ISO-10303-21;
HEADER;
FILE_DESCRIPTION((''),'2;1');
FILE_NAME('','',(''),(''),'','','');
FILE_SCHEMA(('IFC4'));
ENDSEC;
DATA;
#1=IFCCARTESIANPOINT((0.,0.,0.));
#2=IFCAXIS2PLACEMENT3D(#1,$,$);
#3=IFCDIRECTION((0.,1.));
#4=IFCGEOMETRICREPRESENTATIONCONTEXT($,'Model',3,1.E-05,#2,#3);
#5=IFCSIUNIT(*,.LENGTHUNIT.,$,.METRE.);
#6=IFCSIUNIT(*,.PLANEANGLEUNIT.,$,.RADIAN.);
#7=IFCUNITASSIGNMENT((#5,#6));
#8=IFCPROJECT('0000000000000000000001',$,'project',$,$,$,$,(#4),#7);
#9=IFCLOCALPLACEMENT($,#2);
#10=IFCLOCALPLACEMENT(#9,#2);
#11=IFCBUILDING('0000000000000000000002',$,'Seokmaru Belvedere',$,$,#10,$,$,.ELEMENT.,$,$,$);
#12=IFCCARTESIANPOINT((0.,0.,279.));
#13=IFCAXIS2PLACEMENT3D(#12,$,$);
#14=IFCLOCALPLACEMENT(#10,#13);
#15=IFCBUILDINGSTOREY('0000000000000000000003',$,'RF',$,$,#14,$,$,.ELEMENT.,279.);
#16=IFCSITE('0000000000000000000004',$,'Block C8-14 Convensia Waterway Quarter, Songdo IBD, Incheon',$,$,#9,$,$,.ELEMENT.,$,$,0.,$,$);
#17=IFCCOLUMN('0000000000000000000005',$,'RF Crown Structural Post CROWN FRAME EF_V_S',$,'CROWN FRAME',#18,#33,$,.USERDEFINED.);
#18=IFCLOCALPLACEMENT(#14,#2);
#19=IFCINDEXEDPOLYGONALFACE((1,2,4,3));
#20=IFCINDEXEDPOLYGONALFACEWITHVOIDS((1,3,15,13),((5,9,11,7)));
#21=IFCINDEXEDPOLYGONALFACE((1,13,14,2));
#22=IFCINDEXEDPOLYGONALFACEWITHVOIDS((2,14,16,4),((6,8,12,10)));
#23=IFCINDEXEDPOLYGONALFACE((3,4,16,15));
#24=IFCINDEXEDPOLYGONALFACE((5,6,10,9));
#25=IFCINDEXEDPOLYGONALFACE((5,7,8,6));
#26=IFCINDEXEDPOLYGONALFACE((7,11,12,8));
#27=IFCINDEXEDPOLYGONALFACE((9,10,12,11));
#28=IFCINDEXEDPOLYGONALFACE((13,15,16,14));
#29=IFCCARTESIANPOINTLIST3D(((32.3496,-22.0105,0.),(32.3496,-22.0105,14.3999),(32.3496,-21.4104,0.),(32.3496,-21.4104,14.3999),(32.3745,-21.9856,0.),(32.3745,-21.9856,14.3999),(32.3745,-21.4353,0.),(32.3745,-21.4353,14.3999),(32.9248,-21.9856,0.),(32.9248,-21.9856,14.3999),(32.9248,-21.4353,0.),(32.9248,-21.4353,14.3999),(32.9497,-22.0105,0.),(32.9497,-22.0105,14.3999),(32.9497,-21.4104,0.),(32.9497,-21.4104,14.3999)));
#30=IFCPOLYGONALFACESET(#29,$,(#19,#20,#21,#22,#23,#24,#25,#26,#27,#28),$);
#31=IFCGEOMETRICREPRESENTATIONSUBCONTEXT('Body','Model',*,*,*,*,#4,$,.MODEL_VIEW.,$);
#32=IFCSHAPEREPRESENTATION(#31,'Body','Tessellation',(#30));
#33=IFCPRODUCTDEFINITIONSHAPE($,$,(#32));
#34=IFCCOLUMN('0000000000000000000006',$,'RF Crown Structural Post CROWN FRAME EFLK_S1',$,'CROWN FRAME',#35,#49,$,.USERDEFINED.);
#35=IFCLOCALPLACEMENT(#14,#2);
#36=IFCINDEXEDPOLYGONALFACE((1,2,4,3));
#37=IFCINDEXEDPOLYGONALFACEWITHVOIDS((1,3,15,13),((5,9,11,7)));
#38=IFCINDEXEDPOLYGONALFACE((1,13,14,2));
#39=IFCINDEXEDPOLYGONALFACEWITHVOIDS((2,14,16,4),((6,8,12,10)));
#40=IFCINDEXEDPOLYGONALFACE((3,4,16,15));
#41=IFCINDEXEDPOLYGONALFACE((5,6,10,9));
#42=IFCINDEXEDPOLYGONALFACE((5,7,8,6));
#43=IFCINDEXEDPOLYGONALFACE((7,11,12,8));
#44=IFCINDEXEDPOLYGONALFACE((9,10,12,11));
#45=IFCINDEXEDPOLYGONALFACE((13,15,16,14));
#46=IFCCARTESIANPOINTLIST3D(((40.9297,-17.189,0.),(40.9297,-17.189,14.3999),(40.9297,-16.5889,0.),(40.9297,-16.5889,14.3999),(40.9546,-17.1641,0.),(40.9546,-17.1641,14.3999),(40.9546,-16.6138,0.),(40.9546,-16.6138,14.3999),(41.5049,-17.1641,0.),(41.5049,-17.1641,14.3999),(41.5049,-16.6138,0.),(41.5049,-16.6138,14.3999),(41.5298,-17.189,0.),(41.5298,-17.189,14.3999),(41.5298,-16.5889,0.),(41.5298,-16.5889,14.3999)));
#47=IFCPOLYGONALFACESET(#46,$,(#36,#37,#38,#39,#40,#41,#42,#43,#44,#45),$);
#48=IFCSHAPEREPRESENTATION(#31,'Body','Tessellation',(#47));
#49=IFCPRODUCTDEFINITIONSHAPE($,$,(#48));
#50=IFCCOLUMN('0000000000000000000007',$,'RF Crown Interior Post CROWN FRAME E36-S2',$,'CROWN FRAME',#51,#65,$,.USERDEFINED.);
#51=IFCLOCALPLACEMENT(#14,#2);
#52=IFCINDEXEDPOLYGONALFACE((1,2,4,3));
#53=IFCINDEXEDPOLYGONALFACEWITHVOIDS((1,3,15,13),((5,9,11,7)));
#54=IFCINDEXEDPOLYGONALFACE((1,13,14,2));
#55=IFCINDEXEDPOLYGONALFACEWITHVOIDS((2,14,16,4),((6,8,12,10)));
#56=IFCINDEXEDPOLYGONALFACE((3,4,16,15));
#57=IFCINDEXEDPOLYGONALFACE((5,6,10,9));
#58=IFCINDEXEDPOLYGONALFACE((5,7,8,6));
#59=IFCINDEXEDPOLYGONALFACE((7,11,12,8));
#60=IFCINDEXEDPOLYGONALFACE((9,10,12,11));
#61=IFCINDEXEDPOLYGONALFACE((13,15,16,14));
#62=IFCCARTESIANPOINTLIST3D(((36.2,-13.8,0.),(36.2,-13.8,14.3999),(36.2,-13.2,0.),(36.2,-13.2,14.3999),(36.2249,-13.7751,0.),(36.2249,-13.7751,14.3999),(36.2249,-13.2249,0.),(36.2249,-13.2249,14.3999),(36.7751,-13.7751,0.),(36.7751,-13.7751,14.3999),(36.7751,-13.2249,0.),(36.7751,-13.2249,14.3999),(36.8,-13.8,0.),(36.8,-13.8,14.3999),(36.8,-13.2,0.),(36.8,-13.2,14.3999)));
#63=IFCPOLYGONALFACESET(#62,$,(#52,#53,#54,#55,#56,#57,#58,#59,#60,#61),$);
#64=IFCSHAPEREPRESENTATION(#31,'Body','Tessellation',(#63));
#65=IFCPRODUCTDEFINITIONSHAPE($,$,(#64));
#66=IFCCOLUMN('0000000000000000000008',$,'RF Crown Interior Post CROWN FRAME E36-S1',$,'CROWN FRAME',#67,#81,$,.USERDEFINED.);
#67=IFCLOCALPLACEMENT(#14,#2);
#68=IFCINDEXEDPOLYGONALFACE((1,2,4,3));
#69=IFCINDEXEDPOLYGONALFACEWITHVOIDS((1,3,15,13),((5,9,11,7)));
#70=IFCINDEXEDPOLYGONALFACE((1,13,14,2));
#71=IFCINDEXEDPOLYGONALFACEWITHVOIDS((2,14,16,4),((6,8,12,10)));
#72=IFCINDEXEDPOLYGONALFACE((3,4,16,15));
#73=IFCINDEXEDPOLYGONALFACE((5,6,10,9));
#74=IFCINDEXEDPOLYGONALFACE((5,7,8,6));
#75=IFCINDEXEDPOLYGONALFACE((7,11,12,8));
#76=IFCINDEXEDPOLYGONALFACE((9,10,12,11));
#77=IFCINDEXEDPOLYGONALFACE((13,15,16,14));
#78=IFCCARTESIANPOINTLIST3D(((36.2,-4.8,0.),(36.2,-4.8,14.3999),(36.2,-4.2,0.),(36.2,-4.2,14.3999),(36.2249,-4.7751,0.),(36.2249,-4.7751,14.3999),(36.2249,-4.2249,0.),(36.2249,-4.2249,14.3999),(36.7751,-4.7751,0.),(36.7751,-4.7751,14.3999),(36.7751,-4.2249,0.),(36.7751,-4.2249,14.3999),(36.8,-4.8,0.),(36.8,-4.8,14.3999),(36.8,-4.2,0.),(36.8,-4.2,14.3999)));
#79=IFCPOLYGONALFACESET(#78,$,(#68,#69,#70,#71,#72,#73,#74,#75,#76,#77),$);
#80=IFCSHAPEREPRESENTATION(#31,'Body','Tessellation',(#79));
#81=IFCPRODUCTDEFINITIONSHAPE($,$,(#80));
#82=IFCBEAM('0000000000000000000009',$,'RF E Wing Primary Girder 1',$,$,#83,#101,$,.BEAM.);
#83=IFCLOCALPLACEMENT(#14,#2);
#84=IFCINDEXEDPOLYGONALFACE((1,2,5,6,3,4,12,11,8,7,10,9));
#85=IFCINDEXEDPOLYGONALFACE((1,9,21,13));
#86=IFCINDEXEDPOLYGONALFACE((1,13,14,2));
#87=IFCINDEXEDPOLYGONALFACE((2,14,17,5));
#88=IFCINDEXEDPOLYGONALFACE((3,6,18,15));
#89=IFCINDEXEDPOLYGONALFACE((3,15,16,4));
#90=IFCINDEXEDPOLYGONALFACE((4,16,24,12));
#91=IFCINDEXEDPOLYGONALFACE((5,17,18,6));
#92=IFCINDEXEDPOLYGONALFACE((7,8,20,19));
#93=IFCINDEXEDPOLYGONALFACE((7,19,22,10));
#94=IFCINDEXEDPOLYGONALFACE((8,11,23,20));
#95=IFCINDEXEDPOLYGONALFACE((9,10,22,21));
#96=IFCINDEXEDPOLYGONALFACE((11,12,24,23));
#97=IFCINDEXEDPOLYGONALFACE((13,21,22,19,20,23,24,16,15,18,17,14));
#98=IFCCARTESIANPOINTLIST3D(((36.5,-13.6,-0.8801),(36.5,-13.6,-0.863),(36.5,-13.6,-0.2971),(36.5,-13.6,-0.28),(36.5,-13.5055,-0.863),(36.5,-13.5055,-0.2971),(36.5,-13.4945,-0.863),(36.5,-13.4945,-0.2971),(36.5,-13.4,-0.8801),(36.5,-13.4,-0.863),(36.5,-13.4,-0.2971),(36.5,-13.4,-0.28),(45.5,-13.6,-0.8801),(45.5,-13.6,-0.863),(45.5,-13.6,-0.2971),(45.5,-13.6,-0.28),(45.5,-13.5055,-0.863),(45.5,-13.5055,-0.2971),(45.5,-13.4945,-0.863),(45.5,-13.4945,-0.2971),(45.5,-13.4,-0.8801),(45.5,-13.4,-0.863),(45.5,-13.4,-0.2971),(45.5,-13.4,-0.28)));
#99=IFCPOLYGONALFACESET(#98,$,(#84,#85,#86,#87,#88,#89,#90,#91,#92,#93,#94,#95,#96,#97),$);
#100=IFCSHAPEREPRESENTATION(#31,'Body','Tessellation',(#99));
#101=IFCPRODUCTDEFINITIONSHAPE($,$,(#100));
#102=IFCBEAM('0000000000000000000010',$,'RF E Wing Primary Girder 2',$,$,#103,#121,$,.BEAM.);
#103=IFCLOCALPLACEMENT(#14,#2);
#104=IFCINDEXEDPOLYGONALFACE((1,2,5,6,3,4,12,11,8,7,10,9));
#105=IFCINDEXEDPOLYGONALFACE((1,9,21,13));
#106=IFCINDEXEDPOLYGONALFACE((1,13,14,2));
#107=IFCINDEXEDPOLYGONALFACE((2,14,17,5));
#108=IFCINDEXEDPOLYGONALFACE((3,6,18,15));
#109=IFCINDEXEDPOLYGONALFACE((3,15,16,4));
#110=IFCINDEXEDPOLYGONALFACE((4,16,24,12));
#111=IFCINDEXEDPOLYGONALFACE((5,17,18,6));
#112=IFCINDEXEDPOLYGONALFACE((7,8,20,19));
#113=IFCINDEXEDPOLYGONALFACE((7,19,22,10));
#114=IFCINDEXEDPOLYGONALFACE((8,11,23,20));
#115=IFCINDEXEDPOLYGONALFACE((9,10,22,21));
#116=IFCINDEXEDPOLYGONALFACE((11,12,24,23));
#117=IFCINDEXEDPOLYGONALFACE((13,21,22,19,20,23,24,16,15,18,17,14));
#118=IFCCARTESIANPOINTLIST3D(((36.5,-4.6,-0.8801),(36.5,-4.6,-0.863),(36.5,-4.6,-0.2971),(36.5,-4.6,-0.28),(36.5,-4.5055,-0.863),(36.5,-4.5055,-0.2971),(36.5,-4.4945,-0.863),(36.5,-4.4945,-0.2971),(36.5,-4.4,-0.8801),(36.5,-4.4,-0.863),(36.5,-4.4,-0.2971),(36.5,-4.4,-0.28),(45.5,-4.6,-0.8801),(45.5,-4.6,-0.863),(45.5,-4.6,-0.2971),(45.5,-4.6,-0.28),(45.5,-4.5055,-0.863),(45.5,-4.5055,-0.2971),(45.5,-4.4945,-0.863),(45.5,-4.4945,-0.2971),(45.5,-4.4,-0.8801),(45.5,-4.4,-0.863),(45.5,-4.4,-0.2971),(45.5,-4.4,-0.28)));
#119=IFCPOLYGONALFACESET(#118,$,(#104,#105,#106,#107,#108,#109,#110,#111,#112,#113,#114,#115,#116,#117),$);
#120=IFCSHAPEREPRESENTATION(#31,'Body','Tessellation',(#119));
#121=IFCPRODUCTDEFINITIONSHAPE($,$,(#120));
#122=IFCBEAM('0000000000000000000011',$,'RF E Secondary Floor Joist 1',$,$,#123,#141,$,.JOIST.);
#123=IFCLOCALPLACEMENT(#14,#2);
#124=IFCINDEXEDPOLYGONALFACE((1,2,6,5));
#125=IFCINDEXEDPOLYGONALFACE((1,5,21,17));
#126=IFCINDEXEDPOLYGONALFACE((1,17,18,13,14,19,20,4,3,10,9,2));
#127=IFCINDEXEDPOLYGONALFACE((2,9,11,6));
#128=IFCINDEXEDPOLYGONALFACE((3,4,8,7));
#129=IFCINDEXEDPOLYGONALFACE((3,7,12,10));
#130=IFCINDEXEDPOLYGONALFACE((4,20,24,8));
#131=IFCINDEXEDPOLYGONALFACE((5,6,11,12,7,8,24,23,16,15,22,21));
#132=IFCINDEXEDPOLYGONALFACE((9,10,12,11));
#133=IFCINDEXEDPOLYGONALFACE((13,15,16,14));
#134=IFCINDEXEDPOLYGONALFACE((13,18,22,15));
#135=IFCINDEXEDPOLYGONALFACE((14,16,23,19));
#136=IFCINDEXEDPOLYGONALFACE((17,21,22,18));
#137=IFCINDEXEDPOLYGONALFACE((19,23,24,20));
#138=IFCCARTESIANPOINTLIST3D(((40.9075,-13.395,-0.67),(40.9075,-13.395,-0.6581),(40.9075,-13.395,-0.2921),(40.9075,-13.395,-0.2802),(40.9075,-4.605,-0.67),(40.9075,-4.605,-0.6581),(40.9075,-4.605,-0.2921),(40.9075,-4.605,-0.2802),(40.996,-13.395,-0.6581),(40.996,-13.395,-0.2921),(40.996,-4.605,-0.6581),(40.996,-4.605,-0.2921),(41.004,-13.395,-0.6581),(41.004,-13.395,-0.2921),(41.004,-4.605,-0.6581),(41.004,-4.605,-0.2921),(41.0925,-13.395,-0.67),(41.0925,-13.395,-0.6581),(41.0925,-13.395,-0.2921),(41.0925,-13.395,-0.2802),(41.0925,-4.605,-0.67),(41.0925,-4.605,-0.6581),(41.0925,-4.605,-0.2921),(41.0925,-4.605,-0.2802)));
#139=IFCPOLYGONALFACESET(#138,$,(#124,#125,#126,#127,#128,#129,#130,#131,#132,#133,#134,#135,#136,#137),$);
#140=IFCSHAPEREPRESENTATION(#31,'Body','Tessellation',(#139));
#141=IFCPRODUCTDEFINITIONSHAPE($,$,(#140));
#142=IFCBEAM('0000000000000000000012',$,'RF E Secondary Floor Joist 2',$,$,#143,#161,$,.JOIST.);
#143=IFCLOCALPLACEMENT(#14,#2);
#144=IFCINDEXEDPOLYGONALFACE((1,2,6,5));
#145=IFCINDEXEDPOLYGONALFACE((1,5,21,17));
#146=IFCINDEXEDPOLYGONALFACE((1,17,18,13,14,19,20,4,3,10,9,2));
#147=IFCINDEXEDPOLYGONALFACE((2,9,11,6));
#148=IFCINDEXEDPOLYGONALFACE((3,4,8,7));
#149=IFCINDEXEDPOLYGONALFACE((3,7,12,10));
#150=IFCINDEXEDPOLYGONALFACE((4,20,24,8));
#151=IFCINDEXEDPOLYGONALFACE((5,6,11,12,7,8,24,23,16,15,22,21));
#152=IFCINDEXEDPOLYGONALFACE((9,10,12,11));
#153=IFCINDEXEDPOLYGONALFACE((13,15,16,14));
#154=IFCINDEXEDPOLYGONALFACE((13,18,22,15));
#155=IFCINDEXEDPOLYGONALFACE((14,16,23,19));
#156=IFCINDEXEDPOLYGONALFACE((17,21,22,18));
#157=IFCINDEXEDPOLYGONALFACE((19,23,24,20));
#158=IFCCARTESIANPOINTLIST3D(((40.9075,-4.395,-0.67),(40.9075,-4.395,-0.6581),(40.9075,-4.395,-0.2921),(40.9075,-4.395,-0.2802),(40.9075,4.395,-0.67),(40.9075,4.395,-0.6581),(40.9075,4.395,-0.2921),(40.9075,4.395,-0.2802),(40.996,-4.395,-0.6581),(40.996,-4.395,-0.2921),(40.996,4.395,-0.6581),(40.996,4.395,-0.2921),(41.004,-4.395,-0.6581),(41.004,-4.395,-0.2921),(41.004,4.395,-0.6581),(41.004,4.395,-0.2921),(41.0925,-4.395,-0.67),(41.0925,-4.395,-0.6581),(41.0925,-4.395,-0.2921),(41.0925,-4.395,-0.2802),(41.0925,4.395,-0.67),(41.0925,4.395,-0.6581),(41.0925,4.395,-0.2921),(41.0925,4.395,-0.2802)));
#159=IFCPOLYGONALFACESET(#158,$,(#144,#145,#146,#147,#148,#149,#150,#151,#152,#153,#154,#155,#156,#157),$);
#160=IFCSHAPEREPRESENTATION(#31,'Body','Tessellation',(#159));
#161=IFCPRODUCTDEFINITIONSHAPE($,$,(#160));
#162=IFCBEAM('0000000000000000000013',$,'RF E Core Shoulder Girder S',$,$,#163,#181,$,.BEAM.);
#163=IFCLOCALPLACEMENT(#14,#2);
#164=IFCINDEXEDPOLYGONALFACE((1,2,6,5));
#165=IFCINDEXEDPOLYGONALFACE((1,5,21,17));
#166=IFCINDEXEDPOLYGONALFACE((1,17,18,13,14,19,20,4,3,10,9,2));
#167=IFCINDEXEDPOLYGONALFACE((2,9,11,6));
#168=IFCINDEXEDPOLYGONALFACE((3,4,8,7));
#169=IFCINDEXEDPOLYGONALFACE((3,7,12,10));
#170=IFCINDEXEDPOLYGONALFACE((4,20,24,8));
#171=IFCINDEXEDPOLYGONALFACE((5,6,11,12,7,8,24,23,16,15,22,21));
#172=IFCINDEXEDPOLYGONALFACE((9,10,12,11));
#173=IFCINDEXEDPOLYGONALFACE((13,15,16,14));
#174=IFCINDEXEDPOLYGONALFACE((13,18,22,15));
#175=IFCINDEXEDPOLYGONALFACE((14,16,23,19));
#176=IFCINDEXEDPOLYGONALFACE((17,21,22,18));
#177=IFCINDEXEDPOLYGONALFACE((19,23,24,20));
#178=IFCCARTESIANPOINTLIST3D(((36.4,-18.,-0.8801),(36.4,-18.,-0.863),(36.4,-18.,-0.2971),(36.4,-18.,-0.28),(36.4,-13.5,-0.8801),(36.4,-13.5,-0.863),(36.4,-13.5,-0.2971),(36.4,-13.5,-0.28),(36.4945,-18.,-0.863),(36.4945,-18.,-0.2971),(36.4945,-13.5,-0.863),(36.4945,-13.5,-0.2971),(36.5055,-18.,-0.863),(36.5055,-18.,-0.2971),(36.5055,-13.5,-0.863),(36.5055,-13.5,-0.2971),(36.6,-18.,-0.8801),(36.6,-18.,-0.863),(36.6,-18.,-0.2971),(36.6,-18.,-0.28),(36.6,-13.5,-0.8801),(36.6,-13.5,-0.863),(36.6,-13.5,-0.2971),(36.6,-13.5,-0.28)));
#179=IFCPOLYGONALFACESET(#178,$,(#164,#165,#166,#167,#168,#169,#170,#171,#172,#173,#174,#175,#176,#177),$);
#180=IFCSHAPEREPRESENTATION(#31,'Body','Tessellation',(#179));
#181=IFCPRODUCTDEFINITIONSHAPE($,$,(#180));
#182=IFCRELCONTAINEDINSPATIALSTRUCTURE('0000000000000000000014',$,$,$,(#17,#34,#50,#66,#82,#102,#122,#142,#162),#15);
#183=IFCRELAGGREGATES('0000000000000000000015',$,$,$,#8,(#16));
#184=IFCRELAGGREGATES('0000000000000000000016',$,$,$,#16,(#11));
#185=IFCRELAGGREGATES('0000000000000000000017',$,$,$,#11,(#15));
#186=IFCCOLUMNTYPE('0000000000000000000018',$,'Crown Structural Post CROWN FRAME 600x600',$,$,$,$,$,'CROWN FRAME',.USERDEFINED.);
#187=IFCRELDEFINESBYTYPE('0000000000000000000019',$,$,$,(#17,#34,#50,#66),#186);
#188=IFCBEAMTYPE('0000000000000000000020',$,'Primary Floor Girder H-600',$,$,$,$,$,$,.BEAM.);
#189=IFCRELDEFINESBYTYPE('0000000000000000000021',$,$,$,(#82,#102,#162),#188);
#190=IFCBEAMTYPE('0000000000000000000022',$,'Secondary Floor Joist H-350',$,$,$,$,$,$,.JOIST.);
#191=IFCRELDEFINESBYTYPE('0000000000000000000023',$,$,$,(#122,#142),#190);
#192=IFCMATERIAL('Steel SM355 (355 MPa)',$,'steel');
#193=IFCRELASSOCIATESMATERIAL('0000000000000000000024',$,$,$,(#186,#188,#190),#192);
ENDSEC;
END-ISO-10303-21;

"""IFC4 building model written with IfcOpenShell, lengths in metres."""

from ifc_helpers import new_model, si_unit, direction, frame, origin, origin_2d, place, context, subcontext, project, spatial, hollow_rectangle, i_section, extrude, source, transform, mapped, material, material_profile, profile_set, type_object, type_shapes, element, save


model = new_model("IFC4")

# Units and contexts
model_context = context("Model", 3, precision=1e-05, world=origin(), true_north=direction((0.0, 1.0)))
body_context = subcontext(model_context, "Body", "Model", "MODEL_VIEW")
ifc_project = project(units=[si_unit("LENGTHUNIT", "METRE"), si_unit("PLANEANGLEUNIT", "RADIAN")], contexts=[model_context])

# Site, building, storey
site_placement = place(None, origin())
site = spatial("IfcSite", under=ifc_project, at=site_placement, Name="Block C8-14 Convensia Waterway Quarter, Songdo IBD, Incheon", CompositionType="ELEMENT", RefElevation=0.0)
building_placement = place(site_placement, origin())
building = spatial("IfcBuilding", under=site, at=building_placement, Name="Seokmaru Belvedere", CompositionType="ELEMENT")
storey_placement = place(building_placement, frame((0.0, 0.0, 279.0)))
storey = spatial("IfcBuildingStorey", under=building, at=storey_placement, Name="RF", CompositionType="ELEMENT", Elevation=279.0)

# Columns
ifc_material_1 = material(Name="Steel SM355 (355 MPa)", Category="steel")
ifc_material_profile_1 = material_profile(ifc_material_1, hollow_rectangle(XDim=0.6001, YDim=0.6001, WallThickness=0.0249, at=origin_2d()), Name="HSS-600x600x25")
ifc_profile_set_1 = profile_set([ifc_material_profile_1], Name="Steel SM355 (355 MPa)")
column_type = type_object("IfcColumnType", Name="Crown Structural Post CROWN FRAME 600x600", ElementType="CROWN FRAME", PredefinedType="USERDEFINED", material=ifc_profile_set_1)
shared_shape_1 = source(origin(), body_context, "Body", "SweptSolid", [
    extrude(hollow_rectangle(XDim=0.6001, YDim=0.6001, WallThickness=0.0249, at=origin_2d()), origin(), (0.0, 0.0, 1.0), 14.3999),
])
type_shapes(column_type, [shared_shape_1])
for number, where, z_axis, x_axis, name in (
    (1, (32.6497, -21.7104, 0.0), (0.0, 0.0, 1.0), (1.0, 0.0, 0.0), "RF Crown Structural Post CROWN FRAME EF_V_S"),
    (2, (41.2297, -16.8889, 0.0), (0.0, 0.0, 1.0), (1.0, 0.0, 0.0), "RF Crown Structural Post CROWN FRAME EFLK_S1"),
    (3, (36.5, -13.5, 0.0), (0.0, 0.0, 1.0), (1.0, 0.0, 0.0), "RF Crown Interior Post CROWN FRAME E36-S2"),
    (4, (36.5, -4.5, 0.0), (0.0, 0.0, 1.0), (1.0, 0.0, 0.0), "RF Crown Interior Post CROWN FRAME E36-S1"),
):
    element("IfcColumn", number, at=place(storey_placement, frame(where, z_axis=z_axis, x_axis=x_axis)), inside=storey, type_object=column_type, Name=name, ObjectType="CROWN FRAME", PredefinedType="USERDEFINED", context=body_context, shape_type="MappedRepresentation", body=[
        mapped(shared_shape_1, transform((0.0, 0.0, 0.0), scale=1.0)),
    ])

# Beams
ifc_material_profile_2 = material_profile(ifc_material_1, i_section(OverallWidth=0.2, OverallDepth=0.6001, WebThickness=0.011, FlangeThickness=0.0171, at=origin_2d()), Name="H-600x200x11x17")
ifc_profile_set_2 = profile_set([ifc_material_profile_2], Name="Steel SM355 (355 MPa)")
beam_type_1 = type_object("IfcBeamType", Name="Primary Floor Girder H-600", PredefinedType="BEAM", material=ifc_profile_set_2)
shared_shape_2 = source(origin(), body_context, "Body", "SweptSolid", [
    extrude(i_section(OverallWidth=0.2, OverallDepth=0.6001, WebThickness=0.011, FlangeThickness=0.0171, at=origin_2d()), origin(), (0.0, 0.0, 1.0), 9.0),
])
for number, where, z_axis, x_axis, name in (
    (5, (36.5, -13.5, -0.5801), (1.0, 0.0, 0.0), (0.0, 1.0, 0.0), "RF E Wing Primary Girder 1"),
    (6, (36.5, -4.5, -0.5801), (1.0, 0.0, 0.0), (0.0, 1.0, 0.0), "RF E Wing Primary Girder 2"),
):
    element("IfcBeam", number, at=place(storey_placement, frame(where, z_axis=z_axis, x_axis=x_axis)), inside=storey, type_object=beam_type_1, Name=name, PredefinedType="BEAM", context=body_context, shape_type="MappedRepresentation", body=[
        mapped(shared_shape_2, transform((0.0, 0.0, 0.0), scale=1.0)),
    ])
ifc_material_profile_3 = material_profile(ifc_material_1, i_section(OverallWidth=0.1851, OverallDepth=0.3899, WebThickness=0.0081, FlangeThickness=0.012, at=origin_2d()), Name="H-390x185x8x12")
ifc_profile_set_3 = profile_set([ifc_material_profile_3], Name="Steel SM355 (355 MPa)")
beam_type_2 = type_object("IfcBeamType", Name="Secondary Floor Joist H-350", PredefinedType="JOIST", material=ifc_profile_set_3)
shared_shape_3 = source(origin(), body_context, "Body", "SweptSolid", [
    extrude(i_section(OverallWidth=0.1851, OverallDepth=0.3899, WebThickness=0.0081, FlangeThickness=0.012, at=origin_2d()), origin(), (0.0, 0.0, 1.0), 8.79),
])
type_shapes(beam_type_2, [shared_shape_3])
for number, where, z_axis, x_axis, name in (
    (7, (41.0, -13.395, -0.4751), (0.0, 1.0, 0.0), (-1.0, 0.0, 0.0), "RF E Secondary Floor Joist 1"),
    (8, (41.0, -4.395, -0.4751), (0.0, 1.0, 0.0), (-1.0, 0.0, 0.0), "RF E Secondary Floor Joist 2"),
):
    element("IfcBeam", number, at=place(storey_placement, frame(where, z_axis=z_axis, x_axis=x_axis)), inside=storey, type_object=beam_type_2, Name=name, PredefinedType="JOIST", context=body_context, shape_type="MappedRepresentation", body=[
        mapped(shared_shape_3, transform((0.0, 0.0, 0.0), scale=1.0)),
    ])
shared_shape_4 = source(origin(), body_context, "Body", "SweptSolid", [
    extrude(i_section(OverallWidth=0.2, OverallDepth=0.6001, WebThickness=0.011, FlangeThickness=0.0171, at=origin_2d()), origin(), (0.0, 0.0, 1.0), 4.5),
])
beam_1_placement = place(storey_placement, frame((36.5, -18.0, -0.5801), z_axis=(0.0, 1.0, 0.0), x_axis=(-1.0, 0.0, 0.0)))
element("IfcBeam", 9, at=beam_1_placement, inside=storey, type_object=beam_type_1, Name="RF E Core Shoulder Girder S", PredefinedType="BEAM", context=body_context, shape_type="MappedRepresentation", body=[
    mapped(shared_shape_4, transform((0.0, 0.0, 0.0), scale=1.0)),
])

save(model, "model.ifc")
